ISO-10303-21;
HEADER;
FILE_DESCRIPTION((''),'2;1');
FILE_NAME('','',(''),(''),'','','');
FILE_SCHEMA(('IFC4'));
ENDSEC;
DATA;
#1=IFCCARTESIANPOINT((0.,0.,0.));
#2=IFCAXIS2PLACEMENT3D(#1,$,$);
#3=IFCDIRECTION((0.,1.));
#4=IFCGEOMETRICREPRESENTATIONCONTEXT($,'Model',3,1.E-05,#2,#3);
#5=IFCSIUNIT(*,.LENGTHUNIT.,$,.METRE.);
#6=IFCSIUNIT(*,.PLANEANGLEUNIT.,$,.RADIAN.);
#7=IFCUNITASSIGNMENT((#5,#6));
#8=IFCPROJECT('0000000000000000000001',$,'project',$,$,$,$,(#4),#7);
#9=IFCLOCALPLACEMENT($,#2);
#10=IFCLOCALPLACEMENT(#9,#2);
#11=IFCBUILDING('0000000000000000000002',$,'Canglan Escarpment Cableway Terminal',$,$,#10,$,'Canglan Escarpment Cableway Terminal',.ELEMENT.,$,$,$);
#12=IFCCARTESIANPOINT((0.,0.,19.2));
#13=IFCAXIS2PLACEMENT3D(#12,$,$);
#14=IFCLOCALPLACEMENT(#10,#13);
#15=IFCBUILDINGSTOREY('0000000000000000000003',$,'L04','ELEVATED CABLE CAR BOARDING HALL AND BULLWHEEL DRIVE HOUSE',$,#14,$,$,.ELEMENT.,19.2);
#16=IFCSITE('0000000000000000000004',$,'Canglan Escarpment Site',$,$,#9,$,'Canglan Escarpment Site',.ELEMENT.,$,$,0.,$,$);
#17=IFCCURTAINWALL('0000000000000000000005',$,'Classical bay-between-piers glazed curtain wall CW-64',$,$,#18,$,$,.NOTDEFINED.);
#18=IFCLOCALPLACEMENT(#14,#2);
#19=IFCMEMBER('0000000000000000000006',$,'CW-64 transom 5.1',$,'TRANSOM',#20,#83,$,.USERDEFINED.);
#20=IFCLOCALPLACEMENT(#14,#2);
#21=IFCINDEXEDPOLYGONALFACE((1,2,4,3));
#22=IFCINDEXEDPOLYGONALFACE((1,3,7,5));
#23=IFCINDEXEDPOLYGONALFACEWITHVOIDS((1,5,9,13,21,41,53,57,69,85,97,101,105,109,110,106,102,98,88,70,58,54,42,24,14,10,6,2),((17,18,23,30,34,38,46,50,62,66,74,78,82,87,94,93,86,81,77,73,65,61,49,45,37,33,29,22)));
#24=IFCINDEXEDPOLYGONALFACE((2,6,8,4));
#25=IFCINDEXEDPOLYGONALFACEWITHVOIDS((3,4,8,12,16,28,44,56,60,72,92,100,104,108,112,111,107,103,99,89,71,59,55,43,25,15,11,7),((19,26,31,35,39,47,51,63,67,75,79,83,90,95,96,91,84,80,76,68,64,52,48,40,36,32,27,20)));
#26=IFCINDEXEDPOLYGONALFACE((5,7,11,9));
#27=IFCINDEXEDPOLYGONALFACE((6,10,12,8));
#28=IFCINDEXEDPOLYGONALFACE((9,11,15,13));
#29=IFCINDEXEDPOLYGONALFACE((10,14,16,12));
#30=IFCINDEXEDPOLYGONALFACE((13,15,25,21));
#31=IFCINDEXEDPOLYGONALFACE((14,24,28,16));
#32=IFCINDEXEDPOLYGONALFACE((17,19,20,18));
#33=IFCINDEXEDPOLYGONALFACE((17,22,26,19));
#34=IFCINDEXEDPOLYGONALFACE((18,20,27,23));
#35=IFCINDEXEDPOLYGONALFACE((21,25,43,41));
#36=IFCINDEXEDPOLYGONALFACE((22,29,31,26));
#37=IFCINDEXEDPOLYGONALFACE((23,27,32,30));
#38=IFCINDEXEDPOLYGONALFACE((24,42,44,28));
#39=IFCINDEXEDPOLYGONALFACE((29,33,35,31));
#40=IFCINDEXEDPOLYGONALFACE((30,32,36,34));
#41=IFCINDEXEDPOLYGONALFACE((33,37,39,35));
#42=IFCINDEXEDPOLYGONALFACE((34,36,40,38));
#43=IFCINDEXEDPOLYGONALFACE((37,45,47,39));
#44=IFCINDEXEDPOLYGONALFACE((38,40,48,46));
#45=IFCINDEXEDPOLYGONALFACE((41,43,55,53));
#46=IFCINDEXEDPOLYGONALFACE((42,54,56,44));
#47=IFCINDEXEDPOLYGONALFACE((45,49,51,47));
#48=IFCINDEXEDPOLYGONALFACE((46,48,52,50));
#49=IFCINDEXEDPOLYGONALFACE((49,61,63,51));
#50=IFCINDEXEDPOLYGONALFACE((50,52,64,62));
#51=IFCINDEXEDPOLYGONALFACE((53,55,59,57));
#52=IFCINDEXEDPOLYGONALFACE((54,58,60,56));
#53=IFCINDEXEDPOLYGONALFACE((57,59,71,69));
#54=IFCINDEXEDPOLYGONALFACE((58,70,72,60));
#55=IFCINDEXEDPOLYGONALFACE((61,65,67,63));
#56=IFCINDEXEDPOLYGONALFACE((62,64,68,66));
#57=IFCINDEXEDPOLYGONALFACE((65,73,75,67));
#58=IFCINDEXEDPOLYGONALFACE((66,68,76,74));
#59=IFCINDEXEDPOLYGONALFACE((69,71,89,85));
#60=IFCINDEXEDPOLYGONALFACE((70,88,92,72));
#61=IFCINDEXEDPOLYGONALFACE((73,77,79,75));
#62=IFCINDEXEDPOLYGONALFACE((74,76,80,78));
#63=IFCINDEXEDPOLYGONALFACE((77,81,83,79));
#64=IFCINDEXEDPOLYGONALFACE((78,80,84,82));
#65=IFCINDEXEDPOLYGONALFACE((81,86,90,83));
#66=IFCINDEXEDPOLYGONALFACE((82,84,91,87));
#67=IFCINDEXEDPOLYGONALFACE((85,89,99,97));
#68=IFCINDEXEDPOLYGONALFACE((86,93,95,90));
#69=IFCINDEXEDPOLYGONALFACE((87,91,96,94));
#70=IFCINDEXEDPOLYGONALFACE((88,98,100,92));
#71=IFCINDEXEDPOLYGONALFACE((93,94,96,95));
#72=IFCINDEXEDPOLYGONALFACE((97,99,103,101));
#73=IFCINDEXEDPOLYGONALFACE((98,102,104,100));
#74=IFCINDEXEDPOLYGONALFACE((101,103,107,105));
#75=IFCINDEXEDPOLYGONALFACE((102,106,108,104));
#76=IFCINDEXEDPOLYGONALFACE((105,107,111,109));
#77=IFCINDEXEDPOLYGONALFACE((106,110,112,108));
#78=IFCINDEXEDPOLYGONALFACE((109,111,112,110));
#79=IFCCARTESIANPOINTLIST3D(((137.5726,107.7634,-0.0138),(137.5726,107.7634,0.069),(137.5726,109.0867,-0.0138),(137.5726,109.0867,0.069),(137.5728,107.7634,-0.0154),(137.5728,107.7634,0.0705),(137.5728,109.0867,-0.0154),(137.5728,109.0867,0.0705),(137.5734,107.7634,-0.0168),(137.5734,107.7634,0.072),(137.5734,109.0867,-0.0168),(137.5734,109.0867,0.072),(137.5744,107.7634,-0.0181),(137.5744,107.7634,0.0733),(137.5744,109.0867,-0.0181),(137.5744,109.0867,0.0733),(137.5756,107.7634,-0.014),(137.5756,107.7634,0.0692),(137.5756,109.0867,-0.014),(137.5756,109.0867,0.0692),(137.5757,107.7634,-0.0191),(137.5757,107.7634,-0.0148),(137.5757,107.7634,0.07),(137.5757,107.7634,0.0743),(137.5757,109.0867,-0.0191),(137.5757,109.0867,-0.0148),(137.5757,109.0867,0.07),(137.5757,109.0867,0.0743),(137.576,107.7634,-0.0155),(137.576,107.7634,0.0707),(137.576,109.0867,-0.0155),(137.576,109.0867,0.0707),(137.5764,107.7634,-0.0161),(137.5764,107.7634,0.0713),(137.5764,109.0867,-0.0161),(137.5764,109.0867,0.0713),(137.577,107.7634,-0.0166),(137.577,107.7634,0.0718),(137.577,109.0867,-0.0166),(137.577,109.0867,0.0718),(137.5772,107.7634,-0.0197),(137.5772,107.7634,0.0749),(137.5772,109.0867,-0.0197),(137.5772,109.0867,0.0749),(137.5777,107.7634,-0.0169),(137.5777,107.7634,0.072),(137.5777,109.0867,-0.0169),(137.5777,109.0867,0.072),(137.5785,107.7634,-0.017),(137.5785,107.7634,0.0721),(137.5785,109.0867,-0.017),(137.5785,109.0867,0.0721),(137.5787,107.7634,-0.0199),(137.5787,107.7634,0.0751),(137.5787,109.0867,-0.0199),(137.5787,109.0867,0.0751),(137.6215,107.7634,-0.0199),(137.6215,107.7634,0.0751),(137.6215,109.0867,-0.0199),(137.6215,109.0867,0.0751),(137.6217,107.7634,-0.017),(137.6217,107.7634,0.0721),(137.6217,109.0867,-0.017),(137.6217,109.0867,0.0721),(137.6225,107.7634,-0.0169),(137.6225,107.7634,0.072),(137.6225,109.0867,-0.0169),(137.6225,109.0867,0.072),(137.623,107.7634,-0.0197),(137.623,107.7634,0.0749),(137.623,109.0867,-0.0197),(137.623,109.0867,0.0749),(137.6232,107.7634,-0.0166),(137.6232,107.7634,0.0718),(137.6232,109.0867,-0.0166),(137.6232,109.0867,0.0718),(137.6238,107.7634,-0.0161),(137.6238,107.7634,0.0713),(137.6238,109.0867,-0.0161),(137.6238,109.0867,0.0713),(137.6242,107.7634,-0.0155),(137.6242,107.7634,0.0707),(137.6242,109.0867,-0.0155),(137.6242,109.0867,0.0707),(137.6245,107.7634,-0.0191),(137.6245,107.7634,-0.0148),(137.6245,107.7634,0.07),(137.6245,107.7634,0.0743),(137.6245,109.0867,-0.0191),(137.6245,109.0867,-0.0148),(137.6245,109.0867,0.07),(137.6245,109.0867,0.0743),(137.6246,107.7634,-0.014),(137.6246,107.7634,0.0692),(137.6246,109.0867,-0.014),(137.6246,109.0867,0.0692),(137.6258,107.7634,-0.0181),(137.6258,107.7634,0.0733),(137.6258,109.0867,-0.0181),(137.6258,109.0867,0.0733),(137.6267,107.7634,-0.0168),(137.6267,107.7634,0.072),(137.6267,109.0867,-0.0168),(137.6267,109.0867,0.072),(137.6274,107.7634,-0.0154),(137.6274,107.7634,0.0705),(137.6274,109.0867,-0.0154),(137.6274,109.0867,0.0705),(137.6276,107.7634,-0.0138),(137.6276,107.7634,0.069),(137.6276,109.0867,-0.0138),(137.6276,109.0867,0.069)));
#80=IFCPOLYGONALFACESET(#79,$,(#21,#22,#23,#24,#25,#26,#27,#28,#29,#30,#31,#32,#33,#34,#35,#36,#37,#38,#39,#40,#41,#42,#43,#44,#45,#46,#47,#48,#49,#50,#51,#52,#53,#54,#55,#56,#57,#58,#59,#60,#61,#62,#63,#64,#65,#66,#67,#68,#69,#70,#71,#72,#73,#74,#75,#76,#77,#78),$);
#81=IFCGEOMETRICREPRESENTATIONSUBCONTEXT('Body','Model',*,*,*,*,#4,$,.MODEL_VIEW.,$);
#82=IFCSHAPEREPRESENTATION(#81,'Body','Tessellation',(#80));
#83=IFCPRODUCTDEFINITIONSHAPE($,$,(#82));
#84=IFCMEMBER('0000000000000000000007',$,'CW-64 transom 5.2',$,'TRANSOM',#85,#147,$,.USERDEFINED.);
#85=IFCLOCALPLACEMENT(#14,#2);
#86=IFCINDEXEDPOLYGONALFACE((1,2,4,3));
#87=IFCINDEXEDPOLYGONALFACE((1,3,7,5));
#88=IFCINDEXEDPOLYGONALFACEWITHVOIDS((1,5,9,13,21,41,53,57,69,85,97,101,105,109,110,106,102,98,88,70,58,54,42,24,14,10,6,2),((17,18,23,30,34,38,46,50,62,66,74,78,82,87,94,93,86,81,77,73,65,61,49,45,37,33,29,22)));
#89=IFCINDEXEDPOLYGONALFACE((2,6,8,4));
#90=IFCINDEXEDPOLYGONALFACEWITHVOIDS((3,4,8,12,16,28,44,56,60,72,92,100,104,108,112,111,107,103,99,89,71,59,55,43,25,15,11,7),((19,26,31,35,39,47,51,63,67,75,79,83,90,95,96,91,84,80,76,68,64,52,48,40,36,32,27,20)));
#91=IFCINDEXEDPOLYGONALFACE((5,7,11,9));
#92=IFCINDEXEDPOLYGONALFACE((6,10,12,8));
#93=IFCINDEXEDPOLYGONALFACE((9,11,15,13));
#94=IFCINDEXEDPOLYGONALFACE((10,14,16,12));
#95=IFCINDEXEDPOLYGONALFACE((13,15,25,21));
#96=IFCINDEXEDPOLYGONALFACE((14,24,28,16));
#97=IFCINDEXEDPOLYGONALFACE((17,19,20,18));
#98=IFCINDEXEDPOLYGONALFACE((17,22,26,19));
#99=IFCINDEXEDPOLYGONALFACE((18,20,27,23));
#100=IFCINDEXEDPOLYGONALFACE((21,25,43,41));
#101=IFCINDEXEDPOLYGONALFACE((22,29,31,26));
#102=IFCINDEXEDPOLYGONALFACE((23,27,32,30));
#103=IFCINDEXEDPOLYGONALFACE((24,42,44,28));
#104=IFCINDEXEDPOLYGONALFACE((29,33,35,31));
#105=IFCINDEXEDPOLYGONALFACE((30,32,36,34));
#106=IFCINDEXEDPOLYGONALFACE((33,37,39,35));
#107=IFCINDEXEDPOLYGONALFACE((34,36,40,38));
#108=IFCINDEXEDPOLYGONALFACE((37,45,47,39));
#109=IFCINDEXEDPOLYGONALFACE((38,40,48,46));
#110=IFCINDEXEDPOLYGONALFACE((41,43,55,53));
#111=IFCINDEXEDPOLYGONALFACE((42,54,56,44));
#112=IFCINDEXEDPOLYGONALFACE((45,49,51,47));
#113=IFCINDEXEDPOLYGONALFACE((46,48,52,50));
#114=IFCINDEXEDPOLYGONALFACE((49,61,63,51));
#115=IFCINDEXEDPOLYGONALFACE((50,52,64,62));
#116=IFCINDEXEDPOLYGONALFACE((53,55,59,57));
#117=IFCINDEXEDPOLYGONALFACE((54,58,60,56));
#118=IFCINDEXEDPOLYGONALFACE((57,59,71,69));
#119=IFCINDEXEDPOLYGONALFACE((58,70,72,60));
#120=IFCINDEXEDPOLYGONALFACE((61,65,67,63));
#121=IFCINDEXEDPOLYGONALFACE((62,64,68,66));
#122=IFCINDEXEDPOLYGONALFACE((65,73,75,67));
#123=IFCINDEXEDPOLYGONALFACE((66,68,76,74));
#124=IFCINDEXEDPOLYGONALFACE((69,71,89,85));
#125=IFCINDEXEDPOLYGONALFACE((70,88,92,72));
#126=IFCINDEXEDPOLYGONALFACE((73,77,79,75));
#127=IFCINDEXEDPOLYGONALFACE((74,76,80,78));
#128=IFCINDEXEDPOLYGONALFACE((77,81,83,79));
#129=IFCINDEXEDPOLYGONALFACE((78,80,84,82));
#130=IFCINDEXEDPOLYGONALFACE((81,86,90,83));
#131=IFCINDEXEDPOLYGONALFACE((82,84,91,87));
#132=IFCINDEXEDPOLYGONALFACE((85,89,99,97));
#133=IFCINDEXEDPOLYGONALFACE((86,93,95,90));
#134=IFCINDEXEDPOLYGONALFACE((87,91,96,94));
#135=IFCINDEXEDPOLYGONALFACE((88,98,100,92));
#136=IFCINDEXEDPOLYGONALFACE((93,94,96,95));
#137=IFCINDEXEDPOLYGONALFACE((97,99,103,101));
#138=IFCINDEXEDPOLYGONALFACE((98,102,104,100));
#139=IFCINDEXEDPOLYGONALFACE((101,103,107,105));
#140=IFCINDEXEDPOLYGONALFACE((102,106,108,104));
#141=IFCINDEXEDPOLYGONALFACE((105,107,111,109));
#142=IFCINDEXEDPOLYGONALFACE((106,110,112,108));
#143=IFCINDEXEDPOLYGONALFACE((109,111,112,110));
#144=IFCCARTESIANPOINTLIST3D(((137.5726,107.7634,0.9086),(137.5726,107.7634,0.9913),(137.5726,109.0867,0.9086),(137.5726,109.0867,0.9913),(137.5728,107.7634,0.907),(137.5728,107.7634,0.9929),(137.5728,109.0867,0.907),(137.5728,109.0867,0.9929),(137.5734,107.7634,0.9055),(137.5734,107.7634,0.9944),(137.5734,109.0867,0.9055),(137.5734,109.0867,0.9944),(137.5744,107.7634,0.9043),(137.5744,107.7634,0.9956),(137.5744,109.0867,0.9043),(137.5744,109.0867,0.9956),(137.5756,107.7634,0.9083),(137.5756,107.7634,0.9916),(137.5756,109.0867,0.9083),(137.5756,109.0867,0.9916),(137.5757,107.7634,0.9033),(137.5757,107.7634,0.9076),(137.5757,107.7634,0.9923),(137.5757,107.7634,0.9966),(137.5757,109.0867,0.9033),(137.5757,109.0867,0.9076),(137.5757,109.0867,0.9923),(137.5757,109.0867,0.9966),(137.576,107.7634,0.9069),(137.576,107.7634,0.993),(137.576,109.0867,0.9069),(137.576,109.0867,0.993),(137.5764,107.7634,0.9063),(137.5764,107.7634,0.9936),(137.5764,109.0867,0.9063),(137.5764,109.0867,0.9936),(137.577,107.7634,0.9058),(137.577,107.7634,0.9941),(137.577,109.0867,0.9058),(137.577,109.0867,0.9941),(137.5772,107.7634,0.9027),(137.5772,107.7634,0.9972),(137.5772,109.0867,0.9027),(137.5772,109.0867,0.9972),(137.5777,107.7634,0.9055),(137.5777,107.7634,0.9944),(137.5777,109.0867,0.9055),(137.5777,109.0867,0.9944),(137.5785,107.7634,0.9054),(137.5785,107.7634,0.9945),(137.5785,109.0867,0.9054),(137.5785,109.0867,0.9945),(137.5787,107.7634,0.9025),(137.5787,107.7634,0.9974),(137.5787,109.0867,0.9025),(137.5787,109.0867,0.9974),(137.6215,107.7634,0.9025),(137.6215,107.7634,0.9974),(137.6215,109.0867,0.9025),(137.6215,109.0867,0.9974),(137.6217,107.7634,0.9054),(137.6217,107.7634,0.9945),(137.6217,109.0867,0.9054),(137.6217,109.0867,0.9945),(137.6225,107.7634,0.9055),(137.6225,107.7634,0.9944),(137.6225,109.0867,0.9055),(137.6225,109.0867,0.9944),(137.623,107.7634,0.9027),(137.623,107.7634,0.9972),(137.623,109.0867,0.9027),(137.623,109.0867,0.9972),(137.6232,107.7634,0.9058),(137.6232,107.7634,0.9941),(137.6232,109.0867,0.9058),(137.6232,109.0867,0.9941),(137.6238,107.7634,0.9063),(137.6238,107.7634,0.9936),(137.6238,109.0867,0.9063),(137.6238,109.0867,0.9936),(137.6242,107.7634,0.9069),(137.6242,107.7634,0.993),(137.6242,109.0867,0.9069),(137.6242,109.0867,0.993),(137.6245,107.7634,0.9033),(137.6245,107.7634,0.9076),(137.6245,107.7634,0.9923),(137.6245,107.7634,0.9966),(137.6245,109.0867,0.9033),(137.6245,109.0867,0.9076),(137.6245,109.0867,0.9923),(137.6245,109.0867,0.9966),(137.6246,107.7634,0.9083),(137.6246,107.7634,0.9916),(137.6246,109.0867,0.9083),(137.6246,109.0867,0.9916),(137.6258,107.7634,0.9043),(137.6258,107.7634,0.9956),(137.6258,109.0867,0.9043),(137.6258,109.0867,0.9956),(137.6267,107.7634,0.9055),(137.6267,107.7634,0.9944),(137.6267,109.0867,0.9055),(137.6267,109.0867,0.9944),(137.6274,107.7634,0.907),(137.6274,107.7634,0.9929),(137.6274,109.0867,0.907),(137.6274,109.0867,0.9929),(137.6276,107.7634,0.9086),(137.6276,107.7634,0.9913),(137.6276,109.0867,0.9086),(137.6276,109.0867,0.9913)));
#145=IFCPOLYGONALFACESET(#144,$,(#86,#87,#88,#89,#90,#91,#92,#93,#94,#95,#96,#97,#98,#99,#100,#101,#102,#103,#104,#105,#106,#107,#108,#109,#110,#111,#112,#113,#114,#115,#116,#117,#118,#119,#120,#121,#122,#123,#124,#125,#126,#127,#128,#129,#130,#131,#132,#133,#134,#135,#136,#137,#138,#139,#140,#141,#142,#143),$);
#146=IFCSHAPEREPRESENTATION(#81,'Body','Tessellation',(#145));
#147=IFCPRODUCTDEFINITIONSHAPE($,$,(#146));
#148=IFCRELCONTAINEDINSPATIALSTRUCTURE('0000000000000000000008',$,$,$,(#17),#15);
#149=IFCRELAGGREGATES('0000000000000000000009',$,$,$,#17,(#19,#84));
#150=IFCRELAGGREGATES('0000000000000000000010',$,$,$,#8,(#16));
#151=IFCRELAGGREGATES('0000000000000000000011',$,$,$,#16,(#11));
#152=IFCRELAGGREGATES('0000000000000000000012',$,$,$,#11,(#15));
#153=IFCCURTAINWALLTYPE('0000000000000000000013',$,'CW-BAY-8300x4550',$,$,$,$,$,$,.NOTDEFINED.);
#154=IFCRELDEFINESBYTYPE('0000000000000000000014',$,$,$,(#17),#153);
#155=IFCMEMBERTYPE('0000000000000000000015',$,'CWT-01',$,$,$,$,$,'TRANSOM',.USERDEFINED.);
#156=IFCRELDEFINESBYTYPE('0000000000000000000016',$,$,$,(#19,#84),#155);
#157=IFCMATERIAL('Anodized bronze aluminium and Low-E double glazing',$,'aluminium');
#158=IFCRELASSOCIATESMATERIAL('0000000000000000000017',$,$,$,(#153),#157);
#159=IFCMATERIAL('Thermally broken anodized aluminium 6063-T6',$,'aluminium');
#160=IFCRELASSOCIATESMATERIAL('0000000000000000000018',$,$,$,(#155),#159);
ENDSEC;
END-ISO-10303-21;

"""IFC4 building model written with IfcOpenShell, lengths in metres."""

from ifc_helpers import new_model, si_unit, direction, frame, origin, origin_2d, place, context, subcontext, project, spatial, hollow_rectangle, extrude, material, material_profile, profile_set, type_object, element, aggregate, save


model = new_model("IFC4")

# Units and contexts
model_context = context("Model", 3, precision=1e-05, world=origin(), true_north=direction((0.0, 1.0)))
body_context = subcontext(model_context, "Body", "Model", "MODEL_VIEW")
ifc_project = project(units=[si_unit("LENGTHUNIT", "METRE"), si_unit("PLANEANGLEUNIT", "RADIAN")], contexts=[model_context])

# Site, building, storey
site_placement = place(None, origin())
site = spatial("IfcSite", under=ifc_project, at=site_placement, Name="Canglan Escarpment Site", LongName="Canglan Escarpment Site", CompositionType="ELEMENT", RefElevation=0.0)
building_placement = place(site_placement, origin())
building = spatial("IfcBuilding", under=site, at=building_placement, Name="Canglan Escarpment Cableway Terminal", LongName="Canglan Escarpment Cableway Terminal", CompositionType="ELEMENT")
storey_placement = place(building_placement, frame((0.0, 0.0, 19.2)))
storey = spatial("IfcBuildingStorey", under=building, at=storey_placement, Name="L04", Description="ELEVATED CABLE CAR BOARDING HALL AND BULLWHEEL DRIVE HOUSE", CompositionType="ELEMENT", Elevation=19.2)

# Curtain wall, members
ifc_material_1 = material(Name="Anodized bronze aluminium and Low-E double glazing", Category="aluminium")
curtain_wall_type_1 = type_object("IfcCurtainWallType", Name="CW-BAY-8300x4550", PredefinedType="NOTDEFINED", material=ifc_material_1)
curtain_wall_1_placement = place(storey_placement, origin())
curtain_wall_1 = element("IfcCurtainWall", 1, at=curtain_wall_1_placement, inside=storey, type_object=curtain_wall_type_1, Name="Classical bay-between-piers glazed curtain wall CW-64", PredefinedType="NOTDEFINED")
ifc_material_2 = material(Name="Thermally broken anodized aluminium 6063-T6", Category="aluminium")
ifc_material_profile_1 = material_profile(ifc_material_2, hollow_rectangle(XDim=0.0549, YDim=0.095, WallThickness=0.0029, InnerFilletRadius=0.0029, OuterFilletRadius=0.0061, at=origin_2d()), Name="ALU-TRAN 55x95x3")
ifc_profile_set_1 = profile_set([ifc_material_profile_1], Name="Thermally broken anodized aluminium 6063-T6")
member_type_1 = type_object("IfcMemberType", Name="CWT-01", ElementType="TRANSOM", PredefinedType="USERDEFINED", material=ifc_profile_set_1)
member_1_placement = place(storey_placement, frame((137.6001, 109.0867, 0.0276), z_axis=(0.0, -1.0, 0.0), x_axis=(1.0, 0.0, 0.0)))
member_1 = element("IfcMember", 2, at=member_1_placement, type_object=member_type_1, Name="CW-64 transom 5.1", ObjectType="TRANSOM", PredefinedType="USERDEFINED", context=body_context, shape_type="SweptSolid", body=[
    extrude(hollow_rectangle(XDim=0.0549, YDim=0.095, WallThickness=0.0029, InnerFilletRadius=0.0029, OuterFilletRadius=0.0061, at=origin_2d()), origin(), (0.0, 0.0, 1.0), 1.3232),
])
member_2_placement = place(storey_placement, frame((137.6001, 109.0867, 0.95), z_axis=(0.0, -1.0, 0.0), x_axis=(1.0, 0.0, 0.0)))
member_2 = element("IfcMember", 3, at=member_2_placement, type_object=member_type_1, Name="CW-64 transom 5.2", ObjectType="TRANSOM", PredefinedType="USERDEFINED", context=body_context, shape_type="SweptSolid", body=[
    extrude(hollow_rectangle(XDim=0.0549, YDim=0.095, WallThickness=0.0029, InnerFilletRadius=0.0029, OuterFilletRadius=0.0061, at=origin_2d()), origin(), (0.0, 0.0, 1.0), 1.3232),
])
aggregate(curtain_wall_1, [member_1, member_2])

save(model, "model.ifc")
